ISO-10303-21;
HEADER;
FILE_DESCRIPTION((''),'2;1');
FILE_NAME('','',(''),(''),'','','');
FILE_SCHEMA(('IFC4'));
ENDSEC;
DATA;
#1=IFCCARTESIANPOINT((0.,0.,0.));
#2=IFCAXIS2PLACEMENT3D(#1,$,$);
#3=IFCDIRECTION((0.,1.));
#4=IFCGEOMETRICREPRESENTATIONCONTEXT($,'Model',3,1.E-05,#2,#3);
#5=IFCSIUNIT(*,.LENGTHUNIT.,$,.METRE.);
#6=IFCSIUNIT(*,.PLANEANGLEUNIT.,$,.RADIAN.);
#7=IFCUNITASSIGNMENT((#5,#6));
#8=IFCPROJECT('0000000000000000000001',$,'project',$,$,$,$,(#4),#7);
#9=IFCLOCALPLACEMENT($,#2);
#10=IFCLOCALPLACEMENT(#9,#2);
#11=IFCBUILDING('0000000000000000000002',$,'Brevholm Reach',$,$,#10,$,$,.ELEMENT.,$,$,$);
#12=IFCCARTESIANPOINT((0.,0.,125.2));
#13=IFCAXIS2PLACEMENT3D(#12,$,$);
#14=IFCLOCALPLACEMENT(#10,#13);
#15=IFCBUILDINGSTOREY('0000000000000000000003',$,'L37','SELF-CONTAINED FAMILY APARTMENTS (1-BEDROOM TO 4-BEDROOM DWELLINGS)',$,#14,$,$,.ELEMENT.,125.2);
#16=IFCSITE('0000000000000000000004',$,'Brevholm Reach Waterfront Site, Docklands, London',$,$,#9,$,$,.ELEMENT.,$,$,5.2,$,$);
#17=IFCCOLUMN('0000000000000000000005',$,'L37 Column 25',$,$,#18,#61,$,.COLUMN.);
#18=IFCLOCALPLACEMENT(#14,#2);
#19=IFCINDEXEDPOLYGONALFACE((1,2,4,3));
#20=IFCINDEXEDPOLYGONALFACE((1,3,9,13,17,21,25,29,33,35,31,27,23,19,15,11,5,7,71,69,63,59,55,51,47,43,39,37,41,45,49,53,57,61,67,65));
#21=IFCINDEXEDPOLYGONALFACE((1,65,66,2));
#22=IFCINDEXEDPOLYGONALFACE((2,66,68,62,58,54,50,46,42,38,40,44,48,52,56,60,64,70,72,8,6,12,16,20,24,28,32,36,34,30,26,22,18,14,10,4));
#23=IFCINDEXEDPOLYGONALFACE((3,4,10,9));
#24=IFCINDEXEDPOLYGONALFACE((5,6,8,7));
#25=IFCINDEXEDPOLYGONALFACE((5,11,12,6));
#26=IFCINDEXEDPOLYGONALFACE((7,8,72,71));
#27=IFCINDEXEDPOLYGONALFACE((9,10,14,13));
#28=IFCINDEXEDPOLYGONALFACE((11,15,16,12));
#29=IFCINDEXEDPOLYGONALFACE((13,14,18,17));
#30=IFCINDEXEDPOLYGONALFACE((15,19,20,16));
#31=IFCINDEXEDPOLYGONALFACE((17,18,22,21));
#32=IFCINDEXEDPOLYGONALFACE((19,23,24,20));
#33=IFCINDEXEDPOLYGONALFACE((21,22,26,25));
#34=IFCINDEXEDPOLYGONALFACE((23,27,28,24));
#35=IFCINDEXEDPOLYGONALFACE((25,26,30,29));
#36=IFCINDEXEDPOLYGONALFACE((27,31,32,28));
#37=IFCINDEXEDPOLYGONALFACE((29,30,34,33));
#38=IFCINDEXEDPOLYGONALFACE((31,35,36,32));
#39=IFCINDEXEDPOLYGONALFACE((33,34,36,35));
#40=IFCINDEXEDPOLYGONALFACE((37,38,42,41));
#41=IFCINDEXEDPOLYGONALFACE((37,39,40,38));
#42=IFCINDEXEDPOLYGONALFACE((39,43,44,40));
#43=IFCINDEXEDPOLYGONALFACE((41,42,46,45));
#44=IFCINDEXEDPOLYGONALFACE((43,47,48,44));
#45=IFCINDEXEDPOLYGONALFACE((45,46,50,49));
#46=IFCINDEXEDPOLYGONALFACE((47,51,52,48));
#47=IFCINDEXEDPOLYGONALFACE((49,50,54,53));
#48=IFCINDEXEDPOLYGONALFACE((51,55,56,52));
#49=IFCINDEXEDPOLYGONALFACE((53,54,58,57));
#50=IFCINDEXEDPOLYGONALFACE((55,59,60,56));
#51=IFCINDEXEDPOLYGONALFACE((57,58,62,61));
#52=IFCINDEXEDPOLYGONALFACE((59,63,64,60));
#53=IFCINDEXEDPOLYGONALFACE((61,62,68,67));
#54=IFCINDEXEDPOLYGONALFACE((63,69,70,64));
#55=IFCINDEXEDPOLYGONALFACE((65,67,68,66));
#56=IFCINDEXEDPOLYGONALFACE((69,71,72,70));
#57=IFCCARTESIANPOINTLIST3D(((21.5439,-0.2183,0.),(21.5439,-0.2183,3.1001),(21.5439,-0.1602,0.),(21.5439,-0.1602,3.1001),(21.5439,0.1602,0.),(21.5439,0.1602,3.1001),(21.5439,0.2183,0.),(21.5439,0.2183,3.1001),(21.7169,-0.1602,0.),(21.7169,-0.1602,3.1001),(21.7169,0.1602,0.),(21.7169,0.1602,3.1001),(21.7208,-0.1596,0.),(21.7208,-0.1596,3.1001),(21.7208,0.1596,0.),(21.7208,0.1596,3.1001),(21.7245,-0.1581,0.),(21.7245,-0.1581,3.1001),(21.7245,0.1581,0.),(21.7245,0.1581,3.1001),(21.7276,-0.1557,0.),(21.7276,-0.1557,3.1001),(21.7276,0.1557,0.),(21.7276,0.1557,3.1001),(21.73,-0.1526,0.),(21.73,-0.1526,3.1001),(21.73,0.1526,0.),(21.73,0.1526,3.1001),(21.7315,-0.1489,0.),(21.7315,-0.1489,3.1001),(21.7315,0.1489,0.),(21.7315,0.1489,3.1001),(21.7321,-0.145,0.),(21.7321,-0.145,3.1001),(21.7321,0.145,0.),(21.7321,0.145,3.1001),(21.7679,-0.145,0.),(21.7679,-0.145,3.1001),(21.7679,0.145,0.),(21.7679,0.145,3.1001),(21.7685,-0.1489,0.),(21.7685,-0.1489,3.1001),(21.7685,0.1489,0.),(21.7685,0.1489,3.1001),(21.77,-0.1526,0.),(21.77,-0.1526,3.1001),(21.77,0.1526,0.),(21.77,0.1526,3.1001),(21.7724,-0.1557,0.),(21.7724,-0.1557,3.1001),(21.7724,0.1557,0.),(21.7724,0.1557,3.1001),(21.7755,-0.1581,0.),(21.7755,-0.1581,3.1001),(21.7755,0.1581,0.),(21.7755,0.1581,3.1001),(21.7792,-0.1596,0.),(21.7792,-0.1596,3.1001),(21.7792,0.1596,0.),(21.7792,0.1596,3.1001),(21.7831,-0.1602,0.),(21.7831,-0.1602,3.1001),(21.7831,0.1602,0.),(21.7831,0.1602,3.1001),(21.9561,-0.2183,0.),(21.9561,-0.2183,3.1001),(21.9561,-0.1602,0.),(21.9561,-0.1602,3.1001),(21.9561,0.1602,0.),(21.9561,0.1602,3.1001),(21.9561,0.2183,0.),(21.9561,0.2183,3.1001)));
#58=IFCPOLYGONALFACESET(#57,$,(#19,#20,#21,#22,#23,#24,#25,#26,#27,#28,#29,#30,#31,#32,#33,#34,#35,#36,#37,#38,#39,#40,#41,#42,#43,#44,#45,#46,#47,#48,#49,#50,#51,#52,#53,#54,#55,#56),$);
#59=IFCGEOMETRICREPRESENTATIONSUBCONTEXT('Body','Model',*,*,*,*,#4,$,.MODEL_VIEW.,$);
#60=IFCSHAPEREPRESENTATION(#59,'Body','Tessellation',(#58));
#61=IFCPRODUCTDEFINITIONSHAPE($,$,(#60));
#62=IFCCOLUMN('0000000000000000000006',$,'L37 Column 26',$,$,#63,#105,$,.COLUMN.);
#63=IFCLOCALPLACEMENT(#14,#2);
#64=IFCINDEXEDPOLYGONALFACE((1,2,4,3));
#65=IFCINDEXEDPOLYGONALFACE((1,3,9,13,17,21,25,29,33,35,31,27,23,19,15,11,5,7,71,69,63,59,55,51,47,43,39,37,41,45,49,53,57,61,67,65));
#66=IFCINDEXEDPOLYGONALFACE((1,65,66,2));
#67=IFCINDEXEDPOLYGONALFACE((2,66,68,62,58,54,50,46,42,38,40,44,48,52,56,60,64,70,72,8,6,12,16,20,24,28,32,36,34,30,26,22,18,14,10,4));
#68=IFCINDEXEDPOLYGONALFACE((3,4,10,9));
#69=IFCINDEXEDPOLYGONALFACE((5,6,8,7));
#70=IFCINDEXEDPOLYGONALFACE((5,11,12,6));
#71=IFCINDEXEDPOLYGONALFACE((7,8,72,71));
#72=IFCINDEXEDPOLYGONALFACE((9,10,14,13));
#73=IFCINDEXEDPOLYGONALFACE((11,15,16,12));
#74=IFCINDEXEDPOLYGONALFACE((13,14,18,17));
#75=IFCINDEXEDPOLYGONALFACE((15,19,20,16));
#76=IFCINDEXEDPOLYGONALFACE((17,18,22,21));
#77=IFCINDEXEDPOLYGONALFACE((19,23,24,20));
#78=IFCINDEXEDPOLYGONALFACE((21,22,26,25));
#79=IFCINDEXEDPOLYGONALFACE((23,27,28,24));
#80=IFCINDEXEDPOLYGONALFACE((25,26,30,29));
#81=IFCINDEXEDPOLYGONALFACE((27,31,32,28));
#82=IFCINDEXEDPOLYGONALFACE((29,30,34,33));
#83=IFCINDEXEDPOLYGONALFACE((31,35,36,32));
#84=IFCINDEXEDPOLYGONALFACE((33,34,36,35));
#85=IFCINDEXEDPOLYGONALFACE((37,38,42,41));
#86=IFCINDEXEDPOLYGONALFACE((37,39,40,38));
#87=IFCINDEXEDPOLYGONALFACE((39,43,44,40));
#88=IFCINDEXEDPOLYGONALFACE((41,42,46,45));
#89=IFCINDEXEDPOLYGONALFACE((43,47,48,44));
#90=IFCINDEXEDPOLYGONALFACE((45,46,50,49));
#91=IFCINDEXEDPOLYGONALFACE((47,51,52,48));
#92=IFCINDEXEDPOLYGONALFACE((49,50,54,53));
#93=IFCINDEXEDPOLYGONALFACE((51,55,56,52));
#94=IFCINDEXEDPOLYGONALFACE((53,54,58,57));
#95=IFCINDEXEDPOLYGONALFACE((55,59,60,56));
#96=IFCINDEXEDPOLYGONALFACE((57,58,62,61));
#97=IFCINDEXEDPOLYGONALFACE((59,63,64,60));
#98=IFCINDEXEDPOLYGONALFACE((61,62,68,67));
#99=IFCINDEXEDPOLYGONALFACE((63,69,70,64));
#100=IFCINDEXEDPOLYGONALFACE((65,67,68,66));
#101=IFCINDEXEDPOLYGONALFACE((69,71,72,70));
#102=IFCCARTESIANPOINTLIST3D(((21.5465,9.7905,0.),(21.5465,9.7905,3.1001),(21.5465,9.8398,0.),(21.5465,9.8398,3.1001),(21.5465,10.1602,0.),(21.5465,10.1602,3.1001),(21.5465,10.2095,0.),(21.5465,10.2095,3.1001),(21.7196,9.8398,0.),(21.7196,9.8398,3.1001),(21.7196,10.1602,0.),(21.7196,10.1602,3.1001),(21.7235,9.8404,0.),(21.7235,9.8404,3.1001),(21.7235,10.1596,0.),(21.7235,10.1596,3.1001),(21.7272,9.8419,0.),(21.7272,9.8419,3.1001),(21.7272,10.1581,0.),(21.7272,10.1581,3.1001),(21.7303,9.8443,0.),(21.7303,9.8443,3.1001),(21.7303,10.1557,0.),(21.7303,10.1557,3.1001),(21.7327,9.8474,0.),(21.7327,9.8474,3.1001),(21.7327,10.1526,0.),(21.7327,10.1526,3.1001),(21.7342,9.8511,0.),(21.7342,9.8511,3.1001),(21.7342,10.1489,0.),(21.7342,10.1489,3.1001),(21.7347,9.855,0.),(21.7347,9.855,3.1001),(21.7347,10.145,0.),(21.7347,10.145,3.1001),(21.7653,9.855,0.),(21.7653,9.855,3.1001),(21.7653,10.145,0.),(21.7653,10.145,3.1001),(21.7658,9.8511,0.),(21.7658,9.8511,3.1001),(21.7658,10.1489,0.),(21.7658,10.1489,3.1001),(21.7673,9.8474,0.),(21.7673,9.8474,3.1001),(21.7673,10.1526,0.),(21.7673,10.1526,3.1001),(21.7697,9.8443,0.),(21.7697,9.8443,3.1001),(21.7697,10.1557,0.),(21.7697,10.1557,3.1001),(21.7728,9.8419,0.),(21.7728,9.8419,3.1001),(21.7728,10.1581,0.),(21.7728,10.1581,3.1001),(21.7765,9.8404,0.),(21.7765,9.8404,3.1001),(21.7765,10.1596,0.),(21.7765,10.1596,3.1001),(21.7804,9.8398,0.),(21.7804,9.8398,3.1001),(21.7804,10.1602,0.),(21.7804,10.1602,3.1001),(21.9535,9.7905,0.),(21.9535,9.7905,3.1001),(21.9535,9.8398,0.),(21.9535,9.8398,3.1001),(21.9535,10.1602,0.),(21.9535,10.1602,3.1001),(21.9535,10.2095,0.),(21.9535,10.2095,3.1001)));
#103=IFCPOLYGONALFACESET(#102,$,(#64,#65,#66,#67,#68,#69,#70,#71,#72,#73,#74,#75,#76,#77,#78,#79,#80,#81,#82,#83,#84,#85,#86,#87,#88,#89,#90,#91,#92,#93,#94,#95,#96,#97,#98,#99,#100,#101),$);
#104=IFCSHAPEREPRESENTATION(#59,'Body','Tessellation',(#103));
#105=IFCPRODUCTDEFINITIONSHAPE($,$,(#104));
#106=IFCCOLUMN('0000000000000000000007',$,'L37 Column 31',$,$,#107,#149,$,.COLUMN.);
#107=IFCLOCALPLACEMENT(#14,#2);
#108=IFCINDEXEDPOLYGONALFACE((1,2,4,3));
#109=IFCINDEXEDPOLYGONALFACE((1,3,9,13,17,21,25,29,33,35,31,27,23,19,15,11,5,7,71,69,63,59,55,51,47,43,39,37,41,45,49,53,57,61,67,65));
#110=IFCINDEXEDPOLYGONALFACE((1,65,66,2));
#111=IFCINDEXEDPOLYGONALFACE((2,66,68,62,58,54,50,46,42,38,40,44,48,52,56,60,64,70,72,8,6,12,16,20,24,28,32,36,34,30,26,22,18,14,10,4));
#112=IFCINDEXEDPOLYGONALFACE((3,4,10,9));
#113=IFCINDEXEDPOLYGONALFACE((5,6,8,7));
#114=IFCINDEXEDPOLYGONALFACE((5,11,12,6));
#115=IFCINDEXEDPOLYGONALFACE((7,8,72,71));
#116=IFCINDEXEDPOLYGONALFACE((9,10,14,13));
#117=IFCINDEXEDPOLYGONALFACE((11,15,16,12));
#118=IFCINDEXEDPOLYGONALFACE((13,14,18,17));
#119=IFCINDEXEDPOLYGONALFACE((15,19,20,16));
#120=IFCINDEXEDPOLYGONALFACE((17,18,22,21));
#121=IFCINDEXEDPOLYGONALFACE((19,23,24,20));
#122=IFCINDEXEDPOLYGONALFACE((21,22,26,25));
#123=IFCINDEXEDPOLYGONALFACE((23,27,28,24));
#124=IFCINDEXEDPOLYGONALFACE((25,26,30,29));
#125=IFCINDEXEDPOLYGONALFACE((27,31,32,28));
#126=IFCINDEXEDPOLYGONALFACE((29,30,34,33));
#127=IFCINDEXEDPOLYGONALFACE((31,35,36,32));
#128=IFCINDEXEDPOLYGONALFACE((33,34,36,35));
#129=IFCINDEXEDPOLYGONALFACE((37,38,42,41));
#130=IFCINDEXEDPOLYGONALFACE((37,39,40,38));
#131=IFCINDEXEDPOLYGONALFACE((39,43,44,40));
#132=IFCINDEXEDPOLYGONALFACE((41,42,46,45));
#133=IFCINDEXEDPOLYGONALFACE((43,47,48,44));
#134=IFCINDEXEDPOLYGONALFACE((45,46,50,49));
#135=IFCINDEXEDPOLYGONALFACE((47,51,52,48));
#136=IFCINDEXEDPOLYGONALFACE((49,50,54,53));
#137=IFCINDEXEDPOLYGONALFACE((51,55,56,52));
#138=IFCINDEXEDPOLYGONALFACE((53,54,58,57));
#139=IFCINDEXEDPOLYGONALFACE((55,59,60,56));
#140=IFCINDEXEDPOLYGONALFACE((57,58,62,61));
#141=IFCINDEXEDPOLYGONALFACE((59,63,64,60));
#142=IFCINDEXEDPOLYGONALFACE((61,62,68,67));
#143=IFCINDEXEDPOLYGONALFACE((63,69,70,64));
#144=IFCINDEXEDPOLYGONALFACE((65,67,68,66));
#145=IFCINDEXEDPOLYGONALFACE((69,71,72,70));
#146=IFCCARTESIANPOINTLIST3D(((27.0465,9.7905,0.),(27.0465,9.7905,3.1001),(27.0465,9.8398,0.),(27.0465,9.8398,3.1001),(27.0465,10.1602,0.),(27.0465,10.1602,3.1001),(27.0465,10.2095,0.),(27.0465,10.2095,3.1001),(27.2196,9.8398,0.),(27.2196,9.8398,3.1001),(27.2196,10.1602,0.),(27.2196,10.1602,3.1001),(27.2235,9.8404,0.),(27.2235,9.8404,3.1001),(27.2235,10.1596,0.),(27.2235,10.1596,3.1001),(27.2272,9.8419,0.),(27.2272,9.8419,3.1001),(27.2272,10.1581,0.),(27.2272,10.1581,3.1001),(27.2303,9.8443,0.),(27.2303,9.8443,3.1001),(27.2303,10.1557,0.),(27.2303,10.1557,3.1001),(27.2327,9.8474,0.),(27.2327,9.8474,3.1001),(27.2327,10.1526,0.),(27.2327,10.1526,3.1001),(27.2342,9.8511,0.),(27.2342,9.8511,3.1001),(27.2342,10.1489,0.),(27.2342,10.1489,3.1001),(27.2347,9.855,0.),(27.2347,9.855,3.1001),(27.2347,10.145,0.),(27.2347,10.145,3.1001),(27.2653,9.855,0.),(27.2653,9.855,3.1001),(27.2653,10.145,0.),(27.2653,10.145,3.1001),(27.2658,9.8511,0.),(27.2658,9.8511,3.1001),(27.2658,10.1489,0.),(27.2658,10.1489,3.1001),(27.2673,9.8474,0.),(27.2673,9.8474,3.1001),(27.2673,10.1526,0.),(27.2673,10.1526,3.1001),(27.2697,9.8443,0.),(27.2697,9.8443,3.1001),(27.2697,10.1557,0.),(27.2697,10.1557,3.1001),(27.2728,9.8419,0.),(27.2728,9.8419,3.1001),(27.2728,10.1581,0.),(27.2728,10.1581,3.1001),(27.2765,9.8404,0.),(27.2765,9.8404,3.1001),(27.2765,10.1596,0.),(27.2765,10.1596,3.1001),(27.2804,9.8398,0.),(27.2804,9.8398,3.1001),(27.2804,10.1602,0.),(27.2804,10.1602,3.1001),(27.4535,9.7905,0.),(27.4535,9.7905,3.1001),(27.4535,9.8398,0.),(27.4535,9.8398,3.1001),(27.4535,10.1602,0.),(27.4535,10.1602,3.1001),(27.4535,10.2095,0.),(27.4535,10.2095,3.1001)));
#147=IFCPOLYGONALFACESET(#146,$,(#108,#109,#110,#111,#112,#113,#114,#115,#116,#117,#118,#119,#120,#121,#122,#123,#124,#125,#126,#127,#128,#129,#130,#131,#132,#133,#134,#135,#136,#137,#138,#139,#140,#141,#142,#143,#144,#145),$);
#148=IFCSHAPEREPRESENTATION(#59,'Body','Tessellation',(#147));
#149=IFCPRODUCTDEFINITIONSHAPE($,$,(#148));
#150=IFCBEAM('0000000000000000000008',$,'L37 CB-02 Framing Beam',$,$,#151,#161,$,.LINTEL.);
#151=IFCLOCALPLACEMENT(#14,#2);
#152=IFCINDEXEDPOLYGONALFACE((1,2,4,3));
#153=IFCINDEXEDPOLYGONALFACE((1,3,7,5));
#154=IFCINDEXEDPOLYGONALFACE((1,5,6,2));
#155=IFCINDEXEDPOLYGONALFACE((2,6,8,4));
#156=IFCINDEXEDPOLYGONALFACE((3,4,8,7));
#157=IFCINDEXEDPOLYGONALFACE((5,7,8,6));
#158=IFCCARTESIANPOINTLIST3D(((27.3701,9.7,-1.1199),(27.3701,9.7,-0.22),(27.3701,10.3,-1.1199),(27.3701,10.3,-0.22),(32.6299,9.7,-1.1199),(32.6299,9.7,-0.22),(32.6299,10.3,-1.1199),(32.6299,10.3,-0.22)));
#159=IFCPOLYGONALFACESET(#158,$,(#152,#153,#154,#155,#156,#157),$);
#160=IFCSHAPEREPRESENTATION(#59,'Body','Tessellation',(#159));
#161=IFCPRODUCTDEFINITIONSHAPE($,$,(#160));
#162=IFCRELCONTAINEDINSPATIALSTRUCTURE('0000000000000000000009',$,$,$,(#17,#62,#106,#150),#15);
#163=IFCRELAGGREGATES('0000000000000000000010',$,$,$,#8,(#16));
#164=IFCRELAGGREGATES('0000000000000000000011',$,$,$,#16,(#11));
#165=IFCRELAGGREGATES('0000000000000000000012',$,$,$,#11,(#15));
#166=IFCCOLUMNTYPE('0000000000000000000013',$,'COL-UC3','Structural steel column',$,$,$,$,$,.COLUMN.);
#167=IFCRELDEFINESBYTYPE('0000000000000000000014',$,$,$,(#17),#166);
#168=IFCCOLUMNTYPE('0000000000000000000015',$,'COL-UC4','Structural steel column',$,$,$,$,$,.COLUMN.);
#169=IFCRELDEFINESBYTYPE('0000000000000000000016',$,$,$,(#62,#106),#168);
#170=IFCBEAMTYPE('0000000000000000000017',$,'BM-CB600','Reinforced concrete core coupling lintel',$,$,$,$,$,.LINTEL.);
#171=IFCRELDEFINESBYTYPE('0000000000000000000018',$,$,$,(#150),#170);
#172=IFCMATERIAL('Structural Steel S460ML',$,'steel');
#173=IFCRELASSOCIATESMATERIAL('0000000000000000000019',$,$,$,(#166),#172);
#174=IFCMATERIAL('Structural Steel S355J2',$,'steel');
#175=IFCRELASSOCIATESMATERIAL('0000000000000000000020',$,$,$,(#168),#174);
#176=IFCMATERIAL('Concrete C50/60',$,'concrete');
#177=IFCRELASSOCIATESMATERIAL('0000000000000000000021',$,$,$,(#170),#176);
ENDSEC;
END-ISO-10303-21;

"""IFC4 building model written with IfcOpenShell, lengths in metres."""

from ifc_helpers import new_model, si_unit, direction, frame, origin, origin_2d, place, context, subcontext, project, spatial, rectangle, i_section, extrude, material, material_profile, profile_set, type_object, element, save


model = new_model("IFC4")

# Units and contexts
model_context = context("Model", 3, precision=1e-05, world=origin(), true_north=direction((0.0, 1.0)))
body_context = subcontext(model_context, "Body", "Model", "MODEL_VIEW")
ifc_project = project(units=[si_unit("LENGTHUNIT", "METRE"), si_unit("PLANEANGLEUNIT", "RADIAN")], contexts=[model_context])

# Site, building, storey
site_placement = place(None, origin())
site = spatial("IfcSite", under=ifc_project, at=site_placement, Name="Brevholm Reach Waterfront Site, Docklands, London", CompositionType="ELEMENT", RefElevation=5.2)
building_placement = place(site_placement, origin())
building = spatial("IfcBuilding", under=site, at=building_placement, Name="Brevholm Reach", CompositionType="ELEMENT")
storey_placement = place(building_placement, frame((0.0, 0.0, 125.2)))
storey = spatial("IfcBuildingStorey", under=building, at=storey_placement, Name="L37", Description="SELF-CONTAINED FAMILY APARTMENTS (1-BEDROOM TO 4-BEDROOM DWELLINGS)", CompositionType="ELEMENT", Elevation=125.2)

# Columns
ifc_material_1 = material(Name="Structural Steel S460ML", Category="steel")
ifc_material_profile_1 = material_profile(ifc_material_1, i_section(OverallWidth=0.4121, OverallDepth=0.4365, WebThickness=0.0359, FlangeThickness=0.0581, FilletRadius=0.0151, at=origin_2d()), Name="UKC 356x406x467")
ifc_profile_set_1 = profile_set([ifc_material_profile_1], Name="Structural Steel S460ML")
column_type_1 = type_object("IfcColumnType", Name="COL-UC3", Description="Structural steel column", PredefinedType="COLUMN", material=ifc_profile_set_1)
column_placement = place(storey_placement, frame((21.75, 0.0, 0.0), z_axis=(0.0, 0.0, 1.0), x_axis=(1.0, 0.0, 0.0)))
element("IfcColumn", 1, at=column_placement, inside=storey, type_object=column_type_1, Name="L37 Column 25", PredefinedType="COLUMN", context=body_context, shape_type="SweptSolid", body=[
    extrude(i_section(OverallWidth=0.4121, OverallDepth=0.4365, WebThickness=0.0359, FlangeThickness=0.0581, FilletRadius=0.0151, at=origin_2d()), origin(), (0.0, 0.0, 1.0), 3.1001),
])
ifc_material_2 = material(Name="Structural Steel S355J2", Category="steel")
ifc_material_profile_2 = material_profile(ifc_material_2, i_section(OverallWidth=0.407, OverallDepth=0.4189, WebThickness=0.0305, FlangeThickness=0.0493, FilletRadius=0.0151, at=origin_2d()), Name="UKC 356x406x393")
ifc_profile_set_2 = profile_set([ifc_material_profile_2], Name="Structural Steel S355J2")
column_type_2 = type_object("IfcColumnType", Name="COL-UC4", Description="Structural steel column", PredefinedType="COLUMN", material=ifc_profile_set_2)
for number, where, z_axis, x_axis, name in (
    (2, (21.75, 10.0, 0.0), (0.0, 0.0, 1.0), (1.0, 0.0, 0.0), "L37 Column 26"),
    (3, (27.25, 10.0, 0.0), (0.0, 0.0, 1.0), (1.0, 0.0, 0.0), "L37 Column 31"),
):
    element("IfcColumn", number, at=place(storey_placement, frame(where, z_axis=z_axis, x_axis=x_axis)), inside=storey, type_object=column_type_2, Name=name, PredefinedType="COLUMN", context=body_context, shape_type="SweptSolid", body=[
        extrude(i_section(OverallWidth=0.407, OverallDepth=0.4189, WebThickness=0.0305, FlangeThickness=0.0493, FilletRadius=0.0151, at=origin_2d()), origin(), (0.0, 0.0, 1.0), 3.1001),
    ])

# Beam
ifc_material_3 = material(Name="Concrete C50/60", Category="concrete")
ifc_material_profile_3 = material_profile(ifc_material_3, rectangle(XDim=0.6001, YDim=0.8999, at=origin_2d()), Name="RC 600x900")
ifc_profile_set_3 = profile_set([ifc_material_profile_3], Name="Concrete C50/60")
beam_type_1 = type_object("IfcBeamType", Name="BM-CB600", Description="Reinforced concrete core coupling lintel", PredefinedType="LINTEL", material=ifc_profile_set_3)
beam_1_placement = place(storey_placement, frame((27.3701, 10.0, -0.6699), z_axis=(1.0, 0.0, 0.0), x_axis=(0.0, 1.0, 0.0)))
element("IfcBeam", 4, at=beam_1_placement, inside=storey, type_object=beam_type_1, Name="L37 CB-02 Framing Beam", PredefinedType="LINTEL", context=body_context, shape_type="SweptSolid", body=[
    extrude(rectangle(XDim=0.6001, YDim=0.8999, at=origin_2d()), origin(), (0.0, 0.0, 1.0), 5.2598),
])

save(model, "model.ifc")
